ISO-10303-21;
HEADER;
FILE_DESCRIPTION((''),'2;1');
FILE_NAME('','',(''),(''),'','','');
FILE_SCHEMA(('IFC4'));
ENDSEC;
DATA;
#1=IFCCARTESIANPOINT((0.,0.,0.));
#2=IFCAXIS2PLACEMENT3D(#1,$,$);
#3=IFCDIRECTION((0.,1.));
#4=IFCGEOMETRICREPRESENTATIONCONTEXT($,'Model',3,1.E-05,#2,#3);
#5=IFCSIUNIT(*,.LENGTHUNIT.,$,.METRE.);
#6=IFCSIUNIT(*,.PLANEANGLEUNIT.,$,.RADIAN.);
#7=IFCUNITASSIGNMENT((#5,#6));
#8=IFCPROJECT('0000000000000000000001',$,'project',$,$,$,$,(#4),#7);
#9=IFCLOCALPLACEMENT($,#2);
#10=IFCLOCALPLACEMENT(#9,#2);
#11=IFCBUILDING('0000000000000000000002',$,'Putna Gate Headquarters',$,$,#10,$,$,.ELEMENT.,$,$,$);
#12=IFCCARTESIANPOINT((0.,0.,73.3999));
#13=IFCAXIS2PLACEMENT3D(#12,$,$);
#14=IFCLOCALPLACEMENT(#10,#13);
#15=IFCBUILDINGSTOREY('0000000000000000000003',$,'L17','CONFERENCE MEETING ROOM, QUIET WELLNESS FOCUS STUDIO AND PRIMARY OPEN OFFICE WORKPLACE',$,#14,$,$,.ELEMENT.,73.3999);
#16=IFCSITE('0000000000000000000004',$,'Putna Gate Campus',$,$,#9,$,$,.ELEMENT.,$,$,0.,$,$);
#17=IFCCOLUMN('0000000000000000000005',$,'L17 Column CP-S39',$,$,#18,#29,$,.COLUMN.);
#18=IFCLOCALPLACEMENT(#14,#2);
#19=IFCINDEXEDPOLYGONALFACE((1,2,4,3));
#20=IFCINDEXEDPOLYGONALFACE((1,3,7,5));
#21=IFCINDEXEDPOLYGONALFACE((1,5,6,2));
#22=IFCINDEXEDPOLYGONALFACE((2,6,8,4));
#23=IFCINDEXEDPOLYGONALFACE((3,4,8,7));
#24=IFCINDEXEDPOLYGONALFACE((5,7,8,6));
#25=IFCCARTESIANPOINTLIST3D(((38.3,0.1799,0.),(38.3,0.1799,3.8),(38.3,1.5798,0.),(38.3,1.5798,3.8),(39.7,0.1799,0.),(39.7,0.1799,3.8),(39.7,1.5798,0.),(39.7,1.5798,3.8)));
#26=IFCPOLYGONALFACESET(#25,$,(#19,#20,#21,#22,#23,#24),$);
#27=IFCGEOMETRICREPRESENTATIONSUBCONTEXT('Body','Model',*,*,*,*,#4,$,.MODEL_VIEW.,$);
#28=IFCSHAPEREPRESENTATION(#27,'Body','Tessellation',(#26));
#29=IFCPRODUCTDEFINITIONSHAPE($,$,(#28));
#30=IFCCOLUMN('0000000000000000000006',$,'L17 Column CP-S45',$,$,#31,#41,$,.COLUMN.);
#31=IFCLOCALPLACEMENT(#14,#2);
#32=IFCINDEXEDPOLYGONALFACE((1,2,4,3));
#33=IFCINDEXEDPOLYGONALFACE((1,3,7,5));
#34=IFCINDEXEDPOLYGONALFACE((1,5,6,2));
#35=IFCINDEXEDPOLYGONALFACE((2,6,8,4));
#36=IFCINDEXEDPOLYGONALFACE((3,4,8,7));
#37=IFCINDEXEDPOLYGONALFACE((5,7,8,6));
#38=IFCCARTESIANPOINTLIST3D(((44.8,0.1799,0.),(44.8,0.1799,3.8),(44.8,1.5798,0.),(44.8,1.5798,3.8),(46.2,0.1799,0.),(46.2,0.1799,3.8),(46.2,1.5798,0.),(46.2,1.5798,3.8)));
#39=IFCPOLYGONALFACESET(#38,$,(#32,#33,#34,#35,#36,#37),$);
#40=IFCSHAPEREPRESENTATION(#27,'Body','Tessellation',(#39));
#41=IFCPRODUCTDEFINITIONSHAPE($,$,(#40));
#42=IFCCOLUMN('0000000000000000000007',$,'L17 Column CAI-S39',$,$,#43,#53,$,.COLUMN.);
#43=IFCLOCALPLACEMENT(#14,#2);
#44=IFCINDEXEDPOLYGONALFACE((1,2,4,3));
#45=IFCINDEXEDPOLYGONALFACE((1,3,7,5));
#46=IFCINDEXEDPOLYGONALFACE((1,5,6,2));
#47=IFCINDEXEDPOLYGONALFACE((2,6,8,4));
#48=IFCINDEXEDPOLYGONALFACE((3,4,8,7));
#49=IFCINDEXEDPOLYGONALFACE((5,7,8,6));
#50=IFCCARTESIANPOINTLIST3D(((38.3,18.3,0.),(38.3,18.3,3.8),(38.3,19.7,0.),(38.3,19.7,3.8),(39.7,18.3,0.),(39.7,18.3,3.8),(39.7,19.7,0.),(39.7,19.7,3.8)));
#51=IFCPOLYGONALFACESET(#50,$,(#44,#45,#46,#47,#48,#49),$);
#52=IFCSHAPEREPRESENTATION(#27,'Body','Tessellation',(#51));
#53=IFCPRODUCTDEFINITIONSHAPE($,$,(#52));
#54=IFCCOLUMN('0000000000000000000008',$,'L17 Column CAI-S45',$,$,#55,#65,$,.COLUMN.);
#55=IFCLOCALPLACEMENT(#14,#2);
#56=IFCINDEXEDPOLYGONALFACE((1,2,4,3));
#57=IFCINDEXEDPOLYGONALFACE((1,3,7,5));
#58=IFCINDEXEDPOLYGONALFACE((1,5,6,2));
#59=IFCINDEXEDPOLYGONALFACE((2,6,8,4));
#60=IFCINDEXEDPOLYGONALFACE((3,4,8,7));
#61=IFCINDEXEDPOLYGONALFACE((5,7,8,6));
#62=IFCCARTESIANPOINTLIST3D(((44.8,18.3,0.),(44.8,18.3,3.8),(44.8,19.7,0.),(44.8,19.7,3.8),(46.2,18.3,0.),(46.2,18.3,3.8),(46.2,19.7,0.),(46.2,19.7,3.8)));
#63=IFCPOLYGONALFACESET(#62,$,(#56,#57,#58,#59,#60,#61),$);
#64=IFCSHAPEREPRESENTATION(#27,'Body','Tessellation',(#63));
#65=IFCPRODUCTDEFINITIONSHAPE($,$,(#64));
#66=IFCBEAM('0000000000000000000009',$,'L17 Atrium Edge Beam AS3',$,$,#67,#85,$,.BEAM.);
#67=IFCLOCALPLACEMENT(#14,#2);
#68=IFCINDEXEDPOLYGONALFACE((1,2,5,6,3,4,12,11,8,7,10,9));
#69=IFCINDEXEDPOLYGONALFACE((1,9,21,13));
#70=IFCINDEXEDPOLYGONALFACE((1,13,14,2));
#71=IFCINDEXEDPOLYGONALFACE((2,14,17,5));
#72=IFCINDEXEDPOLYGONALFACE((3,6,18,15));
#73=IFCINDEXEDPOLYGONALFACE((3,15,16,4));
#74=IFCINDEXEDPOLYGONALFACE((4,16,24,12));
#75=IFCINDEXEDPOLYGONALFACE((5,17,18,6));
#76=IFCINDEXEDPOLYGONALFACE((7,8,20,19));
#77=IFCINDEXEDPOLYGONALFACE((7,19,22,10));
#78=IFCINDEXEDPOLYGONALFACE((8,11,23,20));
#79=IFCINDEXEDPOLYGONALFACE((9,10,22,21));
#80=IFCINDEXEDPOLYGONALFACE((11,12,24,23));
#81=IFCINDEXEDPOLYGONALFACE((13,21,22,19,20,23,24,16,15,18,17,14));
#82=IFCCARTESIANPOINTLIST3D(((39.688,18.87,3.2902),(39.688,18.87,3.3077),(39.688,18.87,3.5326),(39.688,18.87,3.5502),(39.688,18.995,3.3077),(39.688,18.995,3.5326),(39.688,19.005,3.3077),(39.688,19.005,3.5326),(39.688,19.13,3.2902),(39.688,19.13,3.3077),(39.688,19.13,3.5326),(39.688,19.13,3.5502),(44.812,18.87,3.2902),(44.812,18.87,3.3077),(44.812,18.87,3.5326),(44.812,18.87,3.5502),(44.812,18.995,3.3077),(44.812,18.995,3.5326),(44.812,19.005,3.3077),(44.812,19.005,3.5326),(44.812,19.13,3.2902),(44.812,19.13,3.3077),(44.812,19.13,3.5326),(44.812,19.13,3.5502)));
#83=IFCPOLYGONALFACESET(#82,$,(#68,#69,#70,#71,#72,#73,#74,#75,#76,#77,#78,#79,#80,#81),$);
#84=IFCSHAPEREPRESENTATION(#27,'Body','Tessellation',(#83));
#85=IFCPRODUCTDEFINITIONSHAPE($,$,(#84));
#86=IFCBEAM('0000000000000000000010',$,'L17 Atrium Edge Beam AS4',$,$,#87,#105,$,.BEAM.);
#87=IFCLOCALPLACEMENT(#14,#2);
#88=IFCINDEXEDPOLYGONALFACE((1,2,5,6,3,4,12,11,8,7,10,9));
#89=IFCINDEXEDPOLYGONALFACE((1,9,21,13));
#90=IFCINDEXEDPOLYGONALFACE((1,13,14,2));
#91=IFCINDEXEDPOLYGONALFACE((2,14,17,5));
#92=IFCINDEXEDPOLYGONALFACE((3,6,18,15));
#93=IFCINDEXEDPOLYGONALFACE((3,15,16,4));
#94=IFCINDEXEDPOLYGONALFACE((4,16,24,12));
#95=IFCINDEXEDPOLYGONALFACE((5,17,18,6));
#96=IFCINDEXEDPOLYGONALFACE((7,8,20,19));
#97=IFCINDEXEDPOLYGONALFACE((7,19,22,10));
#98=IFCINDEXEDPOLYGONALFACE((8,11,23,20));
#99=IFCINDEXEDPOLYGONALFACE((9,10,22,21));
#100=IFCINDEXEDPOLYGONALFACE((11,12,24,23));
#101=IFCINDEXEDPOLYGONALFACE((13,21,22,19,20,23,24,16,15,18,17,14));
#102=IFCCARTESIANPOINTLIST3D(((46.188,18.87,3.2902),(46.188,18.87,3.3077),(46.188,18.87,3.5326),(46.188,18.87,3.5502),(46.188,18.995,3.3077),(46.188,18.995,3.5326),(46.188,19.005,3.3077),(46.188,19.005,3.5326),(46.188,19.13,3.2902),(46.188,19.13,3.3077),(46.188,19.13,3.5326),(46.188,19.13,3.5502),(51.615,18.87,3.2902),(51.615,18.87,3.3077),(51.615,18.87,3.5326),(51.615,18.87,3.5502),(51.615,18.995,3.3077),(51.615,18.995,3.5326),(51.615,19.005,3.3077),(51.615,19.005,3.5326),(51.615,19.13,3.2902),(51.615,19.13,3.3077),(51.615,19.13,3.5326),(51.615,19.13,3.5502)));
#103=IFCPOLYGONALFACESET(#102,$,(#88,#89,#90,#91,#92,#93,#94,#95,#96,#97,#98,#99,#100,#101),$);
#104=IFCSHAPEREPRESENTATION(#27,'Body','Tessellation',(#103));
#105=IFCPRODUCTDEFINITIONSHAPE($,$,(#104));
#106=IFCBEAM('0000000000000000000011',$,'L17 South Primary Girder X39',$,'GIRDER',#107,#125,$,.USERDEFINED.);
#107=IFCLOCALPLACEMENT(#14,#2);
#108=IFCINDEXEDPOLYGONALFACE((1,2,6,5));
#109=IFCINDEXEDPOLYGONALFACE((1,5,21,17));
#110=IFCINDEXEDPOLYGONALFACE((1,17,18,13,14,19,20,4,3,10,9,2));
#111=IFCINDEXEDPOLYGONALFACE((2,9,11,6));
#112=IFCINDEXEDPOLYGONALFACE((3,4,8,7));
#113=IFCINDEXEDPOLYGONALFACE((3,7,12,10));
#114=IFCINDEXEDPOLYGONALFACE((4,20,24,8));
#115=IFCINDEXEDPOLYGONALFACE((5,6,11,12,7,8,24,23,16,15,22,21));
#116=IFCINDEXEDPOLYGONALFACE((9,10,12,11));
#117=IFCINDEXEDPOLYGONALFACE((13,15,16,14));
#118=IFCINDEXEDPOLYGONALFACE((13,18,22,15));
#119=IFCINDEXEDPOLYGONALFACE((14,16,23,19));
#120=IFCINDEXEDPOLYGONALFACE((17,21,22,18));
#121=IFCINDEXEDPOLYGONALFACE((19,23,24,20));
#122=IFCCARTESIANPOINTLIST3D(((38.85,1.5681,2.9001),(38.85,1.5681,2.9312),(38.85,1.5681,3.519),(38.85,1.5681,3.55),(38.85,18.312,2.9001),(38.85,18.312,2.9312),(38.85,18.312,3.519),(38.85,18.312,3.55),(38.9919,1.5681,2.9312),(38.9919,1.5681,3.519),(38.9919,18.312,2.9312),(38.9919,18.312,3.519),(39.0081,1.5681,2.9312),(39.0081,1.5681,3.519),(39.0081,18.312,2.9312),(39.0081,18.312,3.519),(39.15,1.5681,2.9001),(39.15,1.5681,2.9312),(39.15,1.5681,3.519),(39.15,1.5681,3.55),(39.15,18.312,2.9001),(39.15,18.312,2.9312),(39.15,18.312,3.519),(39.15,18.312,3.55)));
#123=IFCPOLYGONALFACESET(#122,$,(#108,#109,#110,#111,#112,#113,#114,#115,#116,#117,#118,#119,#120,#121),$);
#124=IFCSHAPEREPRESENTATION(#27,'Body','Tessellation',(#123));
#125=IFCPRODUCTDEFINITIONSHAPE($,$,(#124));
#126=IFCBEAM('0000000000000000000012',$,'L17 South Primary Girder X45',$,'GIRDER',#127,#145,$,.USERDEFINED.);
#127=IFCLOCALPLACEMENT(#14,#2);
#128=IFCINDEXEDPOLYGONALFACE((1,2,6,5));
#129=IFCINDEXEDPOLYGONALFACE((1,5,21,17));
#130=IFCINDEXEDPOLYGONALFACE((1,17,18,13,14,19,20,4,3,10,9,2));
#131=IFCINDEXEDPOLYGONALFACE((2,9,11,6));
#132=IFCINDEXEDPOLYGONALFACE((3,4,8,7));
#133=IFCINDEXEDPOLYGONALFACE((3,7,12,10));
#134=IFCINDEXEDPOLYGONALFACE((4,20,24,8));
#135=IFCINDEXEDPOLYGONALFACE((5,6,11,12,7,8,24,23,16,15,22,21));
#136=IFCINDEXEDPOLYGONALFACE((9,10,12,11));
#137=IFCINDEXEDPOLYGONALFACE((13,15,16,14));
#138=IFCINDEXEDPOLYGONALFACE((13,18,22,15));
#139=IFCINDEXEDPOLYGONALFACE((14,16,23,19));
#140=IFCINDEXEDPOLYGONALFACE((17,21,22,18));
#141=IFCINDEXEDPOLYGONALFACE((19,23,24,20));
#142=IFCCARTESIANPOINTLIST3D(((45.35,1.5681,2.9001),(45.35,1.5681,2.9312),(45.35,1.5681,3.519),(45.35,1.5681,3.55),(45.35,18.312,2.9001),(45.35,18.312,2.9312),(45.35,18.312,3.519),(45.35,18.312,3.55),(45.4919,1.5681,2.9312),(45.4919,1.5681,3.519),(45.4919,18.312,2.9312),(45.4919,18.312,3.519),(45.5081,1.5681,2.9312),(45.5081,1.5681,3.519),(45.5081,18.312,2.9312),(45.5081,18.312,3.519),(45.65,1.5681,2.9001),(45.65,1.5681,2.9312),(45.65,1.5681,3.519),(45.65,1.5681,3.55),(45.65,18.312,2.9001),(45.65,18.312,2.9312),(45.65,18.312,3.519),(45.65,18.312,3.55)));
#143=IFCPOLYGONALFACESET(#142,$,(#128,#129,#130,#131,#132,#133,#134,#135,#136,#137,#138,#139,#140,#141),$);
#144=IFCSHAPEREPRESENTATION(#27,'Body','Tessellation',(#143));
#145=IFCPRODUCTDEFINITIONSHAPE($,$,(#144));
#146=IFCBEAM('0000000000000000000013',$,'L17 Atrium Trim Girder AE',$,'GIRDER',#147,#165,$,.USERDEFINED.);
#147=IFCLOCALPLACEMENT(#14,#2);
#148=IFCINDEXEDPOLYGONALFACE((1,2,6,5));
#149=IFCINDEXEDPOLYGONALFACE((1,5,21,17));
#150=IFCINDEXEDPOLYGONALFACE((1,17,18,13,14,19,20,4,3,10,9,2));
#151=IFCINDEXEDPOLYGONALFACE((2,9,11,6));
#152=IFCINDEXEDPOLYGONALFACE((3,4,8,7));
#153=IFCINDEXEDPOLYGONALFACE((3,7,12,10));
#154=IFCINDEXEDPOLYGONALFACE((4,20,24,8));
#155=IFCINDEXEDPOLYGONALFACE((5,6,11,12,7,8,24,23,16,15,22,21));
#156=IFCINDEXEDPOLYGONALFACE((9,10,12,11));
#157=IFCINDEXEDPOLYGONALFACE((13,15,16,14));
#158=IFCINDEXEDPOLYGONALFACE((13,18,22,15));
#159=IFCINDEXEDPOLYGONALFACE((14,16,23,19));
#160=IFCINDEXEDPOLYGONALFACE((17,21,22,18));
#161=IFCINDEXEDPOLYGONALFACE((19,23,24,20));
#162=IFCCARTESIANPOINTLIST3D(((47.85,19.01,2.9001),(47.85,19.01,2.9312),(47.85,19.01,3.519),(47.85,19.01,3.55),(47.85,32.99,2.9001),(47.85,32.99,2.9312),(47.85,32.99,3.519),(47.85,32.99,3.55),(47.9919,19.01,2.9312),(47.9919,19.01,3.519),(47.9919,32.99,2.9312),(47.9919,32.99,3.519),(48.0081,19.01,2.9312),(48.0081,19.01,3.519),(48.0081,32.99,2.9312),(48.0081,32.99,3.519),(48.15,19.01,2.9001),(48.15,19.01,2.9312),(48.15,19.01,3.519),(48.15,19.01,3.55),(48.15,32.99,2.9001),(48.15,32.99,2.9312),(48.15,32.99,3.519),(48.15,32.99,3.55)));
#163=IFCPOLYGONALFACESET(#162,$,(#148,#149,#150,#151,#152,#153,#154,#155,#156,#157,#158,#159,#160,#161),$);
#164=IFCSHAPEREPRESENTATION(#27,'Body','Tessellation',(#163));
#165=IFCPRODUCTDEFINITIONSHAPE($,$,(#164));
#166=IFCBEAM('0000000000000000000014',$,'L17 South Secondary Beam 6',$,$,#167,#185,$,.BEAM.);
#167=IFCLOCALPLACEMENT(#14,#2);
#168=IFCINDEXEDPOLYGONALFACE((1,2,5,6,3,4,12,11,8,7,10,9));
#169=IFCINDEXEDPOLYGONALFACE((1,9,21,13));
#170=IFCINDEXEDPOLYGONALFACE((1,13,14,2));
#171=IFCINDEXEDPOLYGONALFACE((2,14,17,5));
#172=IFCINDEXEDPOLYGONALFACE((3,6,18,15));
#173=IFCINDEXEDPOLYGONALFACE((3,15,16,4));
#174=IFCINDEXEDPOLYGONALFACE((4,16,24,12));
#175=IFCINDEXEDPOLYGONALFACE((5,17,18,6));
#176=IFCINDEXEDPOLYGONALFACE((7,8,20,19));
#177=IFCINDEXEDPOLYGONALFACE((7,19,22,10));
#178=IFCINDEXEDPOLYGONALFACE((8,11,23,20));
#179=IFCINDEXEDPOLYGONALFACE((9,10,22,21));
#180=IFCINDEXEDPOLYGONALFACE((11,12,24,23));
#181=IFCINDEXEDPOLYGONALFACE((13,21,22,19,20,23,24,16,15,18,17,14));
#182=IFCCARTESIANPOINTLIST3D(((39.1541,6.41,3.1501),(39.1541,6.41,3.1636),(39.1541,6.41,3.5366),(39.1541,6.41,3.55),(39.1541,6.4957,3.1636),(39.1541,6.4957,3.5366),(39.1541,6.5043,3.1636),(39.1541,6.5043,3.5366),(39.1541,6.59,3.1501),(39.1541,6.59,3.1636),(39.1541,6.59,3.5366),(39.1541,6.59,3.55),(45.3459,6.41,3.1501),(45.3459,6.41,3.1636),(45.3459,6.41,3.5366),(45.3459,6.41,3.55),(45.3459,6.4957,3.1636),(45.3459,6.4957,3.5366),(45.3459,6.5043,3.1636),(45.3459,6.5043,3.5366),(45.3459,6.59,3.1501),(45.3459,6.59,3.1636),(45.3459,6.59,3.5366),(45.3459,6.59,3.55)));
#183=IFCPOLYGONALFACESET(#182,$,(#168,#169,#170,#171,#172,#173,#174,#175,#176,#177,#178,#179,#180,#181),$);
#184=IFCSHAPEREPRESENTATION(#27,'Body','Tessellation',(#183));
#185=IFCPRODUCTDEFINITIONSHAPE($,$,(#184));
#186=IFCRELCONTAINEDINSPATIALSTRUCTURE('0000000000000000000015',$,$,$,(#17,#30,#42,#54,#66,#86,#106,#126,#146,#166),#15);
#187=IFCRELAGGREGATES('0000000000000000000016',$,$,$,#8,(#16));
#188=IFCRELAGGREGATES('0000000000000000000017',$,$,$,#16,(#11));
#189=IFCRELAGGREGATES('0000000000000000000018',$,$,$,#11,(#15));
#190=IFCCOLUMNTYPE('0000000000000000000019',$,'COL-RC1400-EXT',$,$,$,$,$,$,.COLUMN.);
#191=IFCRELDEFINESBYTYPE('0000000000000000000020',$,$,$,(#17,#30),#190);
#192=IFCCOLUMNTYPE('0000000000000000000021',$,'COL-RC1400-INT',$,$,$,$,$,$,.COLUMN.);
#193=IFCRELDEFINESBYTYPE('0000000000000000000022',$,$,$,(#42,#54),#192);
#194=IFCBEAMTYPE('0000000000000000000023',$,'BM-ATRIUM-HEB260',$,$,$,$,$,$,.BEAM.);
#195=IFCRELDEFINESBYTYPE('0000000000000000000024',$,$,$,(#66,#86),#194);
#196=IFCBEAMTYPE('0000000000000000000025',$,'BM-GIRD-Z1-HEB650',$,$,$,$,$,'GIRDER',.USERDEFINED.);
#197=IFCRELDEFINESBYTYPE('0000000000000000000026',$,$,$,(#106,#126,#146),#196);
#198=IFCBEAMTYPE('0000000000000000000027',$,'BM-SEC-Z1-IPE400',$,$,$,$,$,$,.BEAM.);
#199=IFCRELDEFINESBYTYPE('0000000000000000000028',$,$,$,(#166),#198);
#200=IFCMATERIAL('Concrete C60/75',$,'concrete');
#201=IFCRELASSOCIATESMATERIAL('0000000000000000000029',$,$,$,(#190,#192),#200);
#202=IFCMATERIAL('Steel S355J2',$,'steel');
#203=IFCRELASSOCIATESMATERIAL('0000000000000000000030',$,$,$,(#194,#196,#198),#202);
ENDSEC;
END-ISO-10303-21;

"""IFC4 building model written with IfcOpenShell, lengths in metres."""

from ifc_helpers import new_model, si_unit, direction, frame, origin, origin_2d, place, context, subcontext, project, spatial, rectangle, i_section, extrude, material, material_profile, profile_set, type_object, element, save


model = new_model("IFC4")

# Units and contexts
model_context = context("Model", 3, precision=1e-05, world=origin(), true_north=direction((0.0, 1.0)))
body_context = subcontext(model_context, "Body", "Model", "MODEL_VIEW")
ifc_project = project(units=[si_unit("LENGTHUNIT", "METRE"), si_unit("PLANEANGLEUNIT", "RADIAN")], contexts=[model_context])

# Site, building, storey
site_placement = place(None, origin())
site = spatial("IfcSite", under=ifc_project, at=site_placement, Name="Putna Gate Campus", CompositionType="ELEMENT", RefElevation=0.0)
building_placement = place(site_placement, origin())
building = spatial("IfcBuilding", under=site, at=building_placement, Name="Putna Gate Headquarters", CompositionType="ELEMENT")
storey_placement = place(building_placement, frame((0.0, 0.0, 73.3999)))
storey = spatial("IfcBuildingStorey", under=building, at=storey_placement, Name="L17", Description="CONFERENCE MEETING ROOM, QUIET WELLNESS FOCUS STUDIO AND PRIMARY OPEN OFFICE WORKPLACE", CompositionType="ELEMENT", Elevation=73.3999)

# Columns
ifc_material_1 = material(Name="Concrete C60/75", Category="concrete")
ifc_material_profile_1 = material_profile(ifc_material_1, rectangle(XDim=1.3999, YDim=1.3999, at=origin_2d()), Name="Concrete C60/75")
ifc_profile_set_1 = profile_set([ifc_material_profile_1], Name="Concrete C60/75")
column_type_1 = type_object("IfcColumnType", Name="COL-RC1400-EXT", PredefinedType="COLUMN", material=ifc_profile_set_1)
for number, where, z_axis, x_axis, name in (
    (1, (39.0, 0.8799, 0.0), (0.0, 0.0, 1.0), (1.0, 0.0, 0.0), "L17 Column CP-S39"),
    (2, (45.5, 0.8799, 0.0), (0.0, 0.0, 1.0), (1.0, 0.0, 0.0), "L17 Column CP-S45"),
):
    element("IfcColumn", number, at=place(storey_placement, frame(where, z_axis=z_axis, x_axis=x_axis)), inside=storey, type_object=column_type_1, Name=name, PredefinedType="COLUMN", context=body_context, shape_type="SweptSolid", body=[
        extrude(rectangle(XDim=1.3999, YDim=1.3999, at=origin_2d()), origin(), (0.0, 0.0, 1.0), 3.8),
    ])
ifc_material_profile_2 = material_profile(ifc_material_1, rectangle(XDim=1.3999, YDim=1.3999, at=origin_2d()), Name="Concrete C60/75")
ifc_profile_set_2 = profile_set([ifc_material_profile_2], Name="Concrete C60/75")
column_type_2 = type_object("IfcColumnType", Name="COL-RC1400-INT", PredefinedType="COLUMN", material=ifc_profile_set_2)
for number, where, z_axis, x_axis, name in (
    (3, (39.0, 19.0, 0.0), (0.0, 0.0, 1.0), (1.0, 0.0, 0.0), "L17 Column CAI-S39"),
    (4, (45.5, 19.0, 0.0), (0.0, 0.0, 1.0), (1.0, 0.0, 0.0), "L17 Column CAI-S45"),
):
    element("IfcColumn", number, at=place(storey_placement, frame(where, z_axis=z_axis, x_axis=x_axis)), inside=storey, type_object=column_type_2, Name=name, PredefinedType="COLUMN", context=body_context, shape_type="SweptSolid", body=[
        extrude(rectangle(XDim=1.3999, YDim=1.3999, at=origin_2d()), origin(), (0.0, 0.0, 1.0), 3.8),
    ])

# Beams
ifc_material_2 = material(Name="Steel S355J2", Category="steel")
ifc_material_profile_3 = material_profile(ifc_material_2, i_section(OverallWidth=0.26, OverallDepth=0.26, WebThickness=0.01, FlangeThickness=0.0176, at=origin_2d()), Name="Steel S355J2")
ifc_profile_set_3 = profile_set([ifc_material_profile_3], Name="Steel S355J2")
beam_type_1 = type_object("IfcBeamType", Name="BM-ATRIUM-HEB260", PredefinedType="BEAM", material=ifc_profile_set_3)
beam_1_placement = place(storey_placement, frame((39.688, 19.0, 3.4202), z_axis=(1.0, 0.0, 0.0), x_axis=(0.0, 1.0, 0.0)))
element("IfcBeam", 5, at=beam_1_placement, inside=storey, type_object=beam_type_1, Name="L17 Atrium Edge Beam AS3", PredefinedType="BEAM", context=body_context, shape_type="SweptSolid", body=[
    extrude(i_section(OverallWidth=0.26, OverallDepth=0.26, WebThickness=0.01, FlangeThickness=0.0176, at=origin_2d()), origin(), (0.0, 0.0, 1.0), 5.124),
])
beam_2_placement = place(storey_placement, frame((46.188, 19.0, 3.4202), z_axis=(1.0, 0.0, 0.0), x_axis=(0.0, 1.0, 0.0)))
element("IfcBeam", 6, at=beam_2_placement, inside=storey, type_object=beam_type_1, Name="L17 Atrium Edge Beam AS4", PredefinedType="BEAM", context=body_context, shape_type="SweptSolid", body=[
    extrude(i_section(OverallWidth=0.26, OverallDepth=0.26, WebThickness=0.01, FlangeThickness=0.0176, at=origin_2d()), origin(), (0.0, 0.0, 1.0), 5.427),
])
ifc_material_profile_4 = material_profile(ifc_material_2, i_section(OverallWidth=0.3, OverallDepth=0.6499, WebThickness=0.0161, FlangeThickness=0.031, at=origin_2d()), Name="Steel S355J2")
ifc_profile_set_4 = profile_set([ifc_material_profile_4], Name="Steel S355J2")
beam_type_2 = type_object("IfcBeamType", Name="BM-GIRD-Z1-HEB650", ElementType="GIRDER", PredefinedType="USERDEFINED", material=ifc_profile_set_4)
for number, where, z_axis, x_axis, name in (
    (7, (39.0, 1.5681, 3.2251), (0.0, 1.0, 0.0), (-1.0, 0.0, 0.0), "L17 South Primary Girder X39"),
    (8, (45.5, 1.5681, 3.2251), (0.0, 1.0, 0.0), (-1.0, 0.0, 0.0), "L17 South Primary Girder X45"),
):
    element("IfcBeam", number, at=place(storey_placement, frame(where, z_axis=z_axis, x_axis=x_axis)), inside=storey, type_object=beam_type_2, Name=name, ObjectType="GIRDER", PredefinedType="USERDEFINED", context=body_context, shape_type="SweptSolid", body=[
        extrude(i_section(OverallWidth=0.3, OverallDepth=0.6499, WebThickness=0.0161, FlangeThickness=0.031, at=origin_2d()), origin(), (0.0, 0.0, 1.0), 16.7439),
    ])
beam_3_placement = place(storey_placement, frame((48.0, 19.01, 3.2251), z_axis=(0.0, 1.0, 0.0), x_axis=(-1.0, 0.0, 0.0)))
element("IfcBeam", 9, at=beam_3_placement, inside=storey, type_object=beam_type_2, Name="L17 Atrium Trim Girder AE", ObjectType="GIRDER", PredefinedType="USERDEFINED", context=body_context, shape_type="SweptSolid", body=[
    extrude(i_section(OverallWidth=0.3, OverallDepth=0.6499, WebThickness=0.0161, FlangeThickness=0.031, at=origin_2d()), origin(), (0.0, 0.0, 1.0), 13.98),
])
ifc_material_profile_5 = material_profile(ifc_material_2, i_section(OverallWidth=0.1799, OverallDepth=0.3999, WebThickness=0.0085, FlangeThickness=0.0134, at=origin_2d()), Name="Steel S355J2")
ifc_profile_set_5 = profile_set([ifc_material_profile_5], Name="Steel S355J2")
beam_type_3 = type_object("IfcBeamType", Name="BM-SEC-Z1-IPE400", PredefinedType="BEAM", material=ifc_profile_set_5)
for number, where, z_axis, x_axis, name in (
    (10, (39.1541, 6.5, 3.3501), (1.0, 0.0, 0.0), (0.0, 1.0, 0.0), "L17 South Secondary Beam 6"),
):
    element("IfcBeam", number, at=place(storey_placement, frame(where, z_axis=z_axis, x_axis=x_axis)), inside=storey, type_object=beam_type_3, Name=name, PredefinedType="BEAM", context=body_context, shape_type="SweptSolid", body=[
        extrude(i_section(OverallWidth=0.1799, OverallDepth=0.3999, WebThickness=0.0085, FlangeThickness=0.0134, at=origin_2d()), origin(), (0.0, 0.0, 1.0), 6.1919),
    ])

save(model, "model.ifc")
